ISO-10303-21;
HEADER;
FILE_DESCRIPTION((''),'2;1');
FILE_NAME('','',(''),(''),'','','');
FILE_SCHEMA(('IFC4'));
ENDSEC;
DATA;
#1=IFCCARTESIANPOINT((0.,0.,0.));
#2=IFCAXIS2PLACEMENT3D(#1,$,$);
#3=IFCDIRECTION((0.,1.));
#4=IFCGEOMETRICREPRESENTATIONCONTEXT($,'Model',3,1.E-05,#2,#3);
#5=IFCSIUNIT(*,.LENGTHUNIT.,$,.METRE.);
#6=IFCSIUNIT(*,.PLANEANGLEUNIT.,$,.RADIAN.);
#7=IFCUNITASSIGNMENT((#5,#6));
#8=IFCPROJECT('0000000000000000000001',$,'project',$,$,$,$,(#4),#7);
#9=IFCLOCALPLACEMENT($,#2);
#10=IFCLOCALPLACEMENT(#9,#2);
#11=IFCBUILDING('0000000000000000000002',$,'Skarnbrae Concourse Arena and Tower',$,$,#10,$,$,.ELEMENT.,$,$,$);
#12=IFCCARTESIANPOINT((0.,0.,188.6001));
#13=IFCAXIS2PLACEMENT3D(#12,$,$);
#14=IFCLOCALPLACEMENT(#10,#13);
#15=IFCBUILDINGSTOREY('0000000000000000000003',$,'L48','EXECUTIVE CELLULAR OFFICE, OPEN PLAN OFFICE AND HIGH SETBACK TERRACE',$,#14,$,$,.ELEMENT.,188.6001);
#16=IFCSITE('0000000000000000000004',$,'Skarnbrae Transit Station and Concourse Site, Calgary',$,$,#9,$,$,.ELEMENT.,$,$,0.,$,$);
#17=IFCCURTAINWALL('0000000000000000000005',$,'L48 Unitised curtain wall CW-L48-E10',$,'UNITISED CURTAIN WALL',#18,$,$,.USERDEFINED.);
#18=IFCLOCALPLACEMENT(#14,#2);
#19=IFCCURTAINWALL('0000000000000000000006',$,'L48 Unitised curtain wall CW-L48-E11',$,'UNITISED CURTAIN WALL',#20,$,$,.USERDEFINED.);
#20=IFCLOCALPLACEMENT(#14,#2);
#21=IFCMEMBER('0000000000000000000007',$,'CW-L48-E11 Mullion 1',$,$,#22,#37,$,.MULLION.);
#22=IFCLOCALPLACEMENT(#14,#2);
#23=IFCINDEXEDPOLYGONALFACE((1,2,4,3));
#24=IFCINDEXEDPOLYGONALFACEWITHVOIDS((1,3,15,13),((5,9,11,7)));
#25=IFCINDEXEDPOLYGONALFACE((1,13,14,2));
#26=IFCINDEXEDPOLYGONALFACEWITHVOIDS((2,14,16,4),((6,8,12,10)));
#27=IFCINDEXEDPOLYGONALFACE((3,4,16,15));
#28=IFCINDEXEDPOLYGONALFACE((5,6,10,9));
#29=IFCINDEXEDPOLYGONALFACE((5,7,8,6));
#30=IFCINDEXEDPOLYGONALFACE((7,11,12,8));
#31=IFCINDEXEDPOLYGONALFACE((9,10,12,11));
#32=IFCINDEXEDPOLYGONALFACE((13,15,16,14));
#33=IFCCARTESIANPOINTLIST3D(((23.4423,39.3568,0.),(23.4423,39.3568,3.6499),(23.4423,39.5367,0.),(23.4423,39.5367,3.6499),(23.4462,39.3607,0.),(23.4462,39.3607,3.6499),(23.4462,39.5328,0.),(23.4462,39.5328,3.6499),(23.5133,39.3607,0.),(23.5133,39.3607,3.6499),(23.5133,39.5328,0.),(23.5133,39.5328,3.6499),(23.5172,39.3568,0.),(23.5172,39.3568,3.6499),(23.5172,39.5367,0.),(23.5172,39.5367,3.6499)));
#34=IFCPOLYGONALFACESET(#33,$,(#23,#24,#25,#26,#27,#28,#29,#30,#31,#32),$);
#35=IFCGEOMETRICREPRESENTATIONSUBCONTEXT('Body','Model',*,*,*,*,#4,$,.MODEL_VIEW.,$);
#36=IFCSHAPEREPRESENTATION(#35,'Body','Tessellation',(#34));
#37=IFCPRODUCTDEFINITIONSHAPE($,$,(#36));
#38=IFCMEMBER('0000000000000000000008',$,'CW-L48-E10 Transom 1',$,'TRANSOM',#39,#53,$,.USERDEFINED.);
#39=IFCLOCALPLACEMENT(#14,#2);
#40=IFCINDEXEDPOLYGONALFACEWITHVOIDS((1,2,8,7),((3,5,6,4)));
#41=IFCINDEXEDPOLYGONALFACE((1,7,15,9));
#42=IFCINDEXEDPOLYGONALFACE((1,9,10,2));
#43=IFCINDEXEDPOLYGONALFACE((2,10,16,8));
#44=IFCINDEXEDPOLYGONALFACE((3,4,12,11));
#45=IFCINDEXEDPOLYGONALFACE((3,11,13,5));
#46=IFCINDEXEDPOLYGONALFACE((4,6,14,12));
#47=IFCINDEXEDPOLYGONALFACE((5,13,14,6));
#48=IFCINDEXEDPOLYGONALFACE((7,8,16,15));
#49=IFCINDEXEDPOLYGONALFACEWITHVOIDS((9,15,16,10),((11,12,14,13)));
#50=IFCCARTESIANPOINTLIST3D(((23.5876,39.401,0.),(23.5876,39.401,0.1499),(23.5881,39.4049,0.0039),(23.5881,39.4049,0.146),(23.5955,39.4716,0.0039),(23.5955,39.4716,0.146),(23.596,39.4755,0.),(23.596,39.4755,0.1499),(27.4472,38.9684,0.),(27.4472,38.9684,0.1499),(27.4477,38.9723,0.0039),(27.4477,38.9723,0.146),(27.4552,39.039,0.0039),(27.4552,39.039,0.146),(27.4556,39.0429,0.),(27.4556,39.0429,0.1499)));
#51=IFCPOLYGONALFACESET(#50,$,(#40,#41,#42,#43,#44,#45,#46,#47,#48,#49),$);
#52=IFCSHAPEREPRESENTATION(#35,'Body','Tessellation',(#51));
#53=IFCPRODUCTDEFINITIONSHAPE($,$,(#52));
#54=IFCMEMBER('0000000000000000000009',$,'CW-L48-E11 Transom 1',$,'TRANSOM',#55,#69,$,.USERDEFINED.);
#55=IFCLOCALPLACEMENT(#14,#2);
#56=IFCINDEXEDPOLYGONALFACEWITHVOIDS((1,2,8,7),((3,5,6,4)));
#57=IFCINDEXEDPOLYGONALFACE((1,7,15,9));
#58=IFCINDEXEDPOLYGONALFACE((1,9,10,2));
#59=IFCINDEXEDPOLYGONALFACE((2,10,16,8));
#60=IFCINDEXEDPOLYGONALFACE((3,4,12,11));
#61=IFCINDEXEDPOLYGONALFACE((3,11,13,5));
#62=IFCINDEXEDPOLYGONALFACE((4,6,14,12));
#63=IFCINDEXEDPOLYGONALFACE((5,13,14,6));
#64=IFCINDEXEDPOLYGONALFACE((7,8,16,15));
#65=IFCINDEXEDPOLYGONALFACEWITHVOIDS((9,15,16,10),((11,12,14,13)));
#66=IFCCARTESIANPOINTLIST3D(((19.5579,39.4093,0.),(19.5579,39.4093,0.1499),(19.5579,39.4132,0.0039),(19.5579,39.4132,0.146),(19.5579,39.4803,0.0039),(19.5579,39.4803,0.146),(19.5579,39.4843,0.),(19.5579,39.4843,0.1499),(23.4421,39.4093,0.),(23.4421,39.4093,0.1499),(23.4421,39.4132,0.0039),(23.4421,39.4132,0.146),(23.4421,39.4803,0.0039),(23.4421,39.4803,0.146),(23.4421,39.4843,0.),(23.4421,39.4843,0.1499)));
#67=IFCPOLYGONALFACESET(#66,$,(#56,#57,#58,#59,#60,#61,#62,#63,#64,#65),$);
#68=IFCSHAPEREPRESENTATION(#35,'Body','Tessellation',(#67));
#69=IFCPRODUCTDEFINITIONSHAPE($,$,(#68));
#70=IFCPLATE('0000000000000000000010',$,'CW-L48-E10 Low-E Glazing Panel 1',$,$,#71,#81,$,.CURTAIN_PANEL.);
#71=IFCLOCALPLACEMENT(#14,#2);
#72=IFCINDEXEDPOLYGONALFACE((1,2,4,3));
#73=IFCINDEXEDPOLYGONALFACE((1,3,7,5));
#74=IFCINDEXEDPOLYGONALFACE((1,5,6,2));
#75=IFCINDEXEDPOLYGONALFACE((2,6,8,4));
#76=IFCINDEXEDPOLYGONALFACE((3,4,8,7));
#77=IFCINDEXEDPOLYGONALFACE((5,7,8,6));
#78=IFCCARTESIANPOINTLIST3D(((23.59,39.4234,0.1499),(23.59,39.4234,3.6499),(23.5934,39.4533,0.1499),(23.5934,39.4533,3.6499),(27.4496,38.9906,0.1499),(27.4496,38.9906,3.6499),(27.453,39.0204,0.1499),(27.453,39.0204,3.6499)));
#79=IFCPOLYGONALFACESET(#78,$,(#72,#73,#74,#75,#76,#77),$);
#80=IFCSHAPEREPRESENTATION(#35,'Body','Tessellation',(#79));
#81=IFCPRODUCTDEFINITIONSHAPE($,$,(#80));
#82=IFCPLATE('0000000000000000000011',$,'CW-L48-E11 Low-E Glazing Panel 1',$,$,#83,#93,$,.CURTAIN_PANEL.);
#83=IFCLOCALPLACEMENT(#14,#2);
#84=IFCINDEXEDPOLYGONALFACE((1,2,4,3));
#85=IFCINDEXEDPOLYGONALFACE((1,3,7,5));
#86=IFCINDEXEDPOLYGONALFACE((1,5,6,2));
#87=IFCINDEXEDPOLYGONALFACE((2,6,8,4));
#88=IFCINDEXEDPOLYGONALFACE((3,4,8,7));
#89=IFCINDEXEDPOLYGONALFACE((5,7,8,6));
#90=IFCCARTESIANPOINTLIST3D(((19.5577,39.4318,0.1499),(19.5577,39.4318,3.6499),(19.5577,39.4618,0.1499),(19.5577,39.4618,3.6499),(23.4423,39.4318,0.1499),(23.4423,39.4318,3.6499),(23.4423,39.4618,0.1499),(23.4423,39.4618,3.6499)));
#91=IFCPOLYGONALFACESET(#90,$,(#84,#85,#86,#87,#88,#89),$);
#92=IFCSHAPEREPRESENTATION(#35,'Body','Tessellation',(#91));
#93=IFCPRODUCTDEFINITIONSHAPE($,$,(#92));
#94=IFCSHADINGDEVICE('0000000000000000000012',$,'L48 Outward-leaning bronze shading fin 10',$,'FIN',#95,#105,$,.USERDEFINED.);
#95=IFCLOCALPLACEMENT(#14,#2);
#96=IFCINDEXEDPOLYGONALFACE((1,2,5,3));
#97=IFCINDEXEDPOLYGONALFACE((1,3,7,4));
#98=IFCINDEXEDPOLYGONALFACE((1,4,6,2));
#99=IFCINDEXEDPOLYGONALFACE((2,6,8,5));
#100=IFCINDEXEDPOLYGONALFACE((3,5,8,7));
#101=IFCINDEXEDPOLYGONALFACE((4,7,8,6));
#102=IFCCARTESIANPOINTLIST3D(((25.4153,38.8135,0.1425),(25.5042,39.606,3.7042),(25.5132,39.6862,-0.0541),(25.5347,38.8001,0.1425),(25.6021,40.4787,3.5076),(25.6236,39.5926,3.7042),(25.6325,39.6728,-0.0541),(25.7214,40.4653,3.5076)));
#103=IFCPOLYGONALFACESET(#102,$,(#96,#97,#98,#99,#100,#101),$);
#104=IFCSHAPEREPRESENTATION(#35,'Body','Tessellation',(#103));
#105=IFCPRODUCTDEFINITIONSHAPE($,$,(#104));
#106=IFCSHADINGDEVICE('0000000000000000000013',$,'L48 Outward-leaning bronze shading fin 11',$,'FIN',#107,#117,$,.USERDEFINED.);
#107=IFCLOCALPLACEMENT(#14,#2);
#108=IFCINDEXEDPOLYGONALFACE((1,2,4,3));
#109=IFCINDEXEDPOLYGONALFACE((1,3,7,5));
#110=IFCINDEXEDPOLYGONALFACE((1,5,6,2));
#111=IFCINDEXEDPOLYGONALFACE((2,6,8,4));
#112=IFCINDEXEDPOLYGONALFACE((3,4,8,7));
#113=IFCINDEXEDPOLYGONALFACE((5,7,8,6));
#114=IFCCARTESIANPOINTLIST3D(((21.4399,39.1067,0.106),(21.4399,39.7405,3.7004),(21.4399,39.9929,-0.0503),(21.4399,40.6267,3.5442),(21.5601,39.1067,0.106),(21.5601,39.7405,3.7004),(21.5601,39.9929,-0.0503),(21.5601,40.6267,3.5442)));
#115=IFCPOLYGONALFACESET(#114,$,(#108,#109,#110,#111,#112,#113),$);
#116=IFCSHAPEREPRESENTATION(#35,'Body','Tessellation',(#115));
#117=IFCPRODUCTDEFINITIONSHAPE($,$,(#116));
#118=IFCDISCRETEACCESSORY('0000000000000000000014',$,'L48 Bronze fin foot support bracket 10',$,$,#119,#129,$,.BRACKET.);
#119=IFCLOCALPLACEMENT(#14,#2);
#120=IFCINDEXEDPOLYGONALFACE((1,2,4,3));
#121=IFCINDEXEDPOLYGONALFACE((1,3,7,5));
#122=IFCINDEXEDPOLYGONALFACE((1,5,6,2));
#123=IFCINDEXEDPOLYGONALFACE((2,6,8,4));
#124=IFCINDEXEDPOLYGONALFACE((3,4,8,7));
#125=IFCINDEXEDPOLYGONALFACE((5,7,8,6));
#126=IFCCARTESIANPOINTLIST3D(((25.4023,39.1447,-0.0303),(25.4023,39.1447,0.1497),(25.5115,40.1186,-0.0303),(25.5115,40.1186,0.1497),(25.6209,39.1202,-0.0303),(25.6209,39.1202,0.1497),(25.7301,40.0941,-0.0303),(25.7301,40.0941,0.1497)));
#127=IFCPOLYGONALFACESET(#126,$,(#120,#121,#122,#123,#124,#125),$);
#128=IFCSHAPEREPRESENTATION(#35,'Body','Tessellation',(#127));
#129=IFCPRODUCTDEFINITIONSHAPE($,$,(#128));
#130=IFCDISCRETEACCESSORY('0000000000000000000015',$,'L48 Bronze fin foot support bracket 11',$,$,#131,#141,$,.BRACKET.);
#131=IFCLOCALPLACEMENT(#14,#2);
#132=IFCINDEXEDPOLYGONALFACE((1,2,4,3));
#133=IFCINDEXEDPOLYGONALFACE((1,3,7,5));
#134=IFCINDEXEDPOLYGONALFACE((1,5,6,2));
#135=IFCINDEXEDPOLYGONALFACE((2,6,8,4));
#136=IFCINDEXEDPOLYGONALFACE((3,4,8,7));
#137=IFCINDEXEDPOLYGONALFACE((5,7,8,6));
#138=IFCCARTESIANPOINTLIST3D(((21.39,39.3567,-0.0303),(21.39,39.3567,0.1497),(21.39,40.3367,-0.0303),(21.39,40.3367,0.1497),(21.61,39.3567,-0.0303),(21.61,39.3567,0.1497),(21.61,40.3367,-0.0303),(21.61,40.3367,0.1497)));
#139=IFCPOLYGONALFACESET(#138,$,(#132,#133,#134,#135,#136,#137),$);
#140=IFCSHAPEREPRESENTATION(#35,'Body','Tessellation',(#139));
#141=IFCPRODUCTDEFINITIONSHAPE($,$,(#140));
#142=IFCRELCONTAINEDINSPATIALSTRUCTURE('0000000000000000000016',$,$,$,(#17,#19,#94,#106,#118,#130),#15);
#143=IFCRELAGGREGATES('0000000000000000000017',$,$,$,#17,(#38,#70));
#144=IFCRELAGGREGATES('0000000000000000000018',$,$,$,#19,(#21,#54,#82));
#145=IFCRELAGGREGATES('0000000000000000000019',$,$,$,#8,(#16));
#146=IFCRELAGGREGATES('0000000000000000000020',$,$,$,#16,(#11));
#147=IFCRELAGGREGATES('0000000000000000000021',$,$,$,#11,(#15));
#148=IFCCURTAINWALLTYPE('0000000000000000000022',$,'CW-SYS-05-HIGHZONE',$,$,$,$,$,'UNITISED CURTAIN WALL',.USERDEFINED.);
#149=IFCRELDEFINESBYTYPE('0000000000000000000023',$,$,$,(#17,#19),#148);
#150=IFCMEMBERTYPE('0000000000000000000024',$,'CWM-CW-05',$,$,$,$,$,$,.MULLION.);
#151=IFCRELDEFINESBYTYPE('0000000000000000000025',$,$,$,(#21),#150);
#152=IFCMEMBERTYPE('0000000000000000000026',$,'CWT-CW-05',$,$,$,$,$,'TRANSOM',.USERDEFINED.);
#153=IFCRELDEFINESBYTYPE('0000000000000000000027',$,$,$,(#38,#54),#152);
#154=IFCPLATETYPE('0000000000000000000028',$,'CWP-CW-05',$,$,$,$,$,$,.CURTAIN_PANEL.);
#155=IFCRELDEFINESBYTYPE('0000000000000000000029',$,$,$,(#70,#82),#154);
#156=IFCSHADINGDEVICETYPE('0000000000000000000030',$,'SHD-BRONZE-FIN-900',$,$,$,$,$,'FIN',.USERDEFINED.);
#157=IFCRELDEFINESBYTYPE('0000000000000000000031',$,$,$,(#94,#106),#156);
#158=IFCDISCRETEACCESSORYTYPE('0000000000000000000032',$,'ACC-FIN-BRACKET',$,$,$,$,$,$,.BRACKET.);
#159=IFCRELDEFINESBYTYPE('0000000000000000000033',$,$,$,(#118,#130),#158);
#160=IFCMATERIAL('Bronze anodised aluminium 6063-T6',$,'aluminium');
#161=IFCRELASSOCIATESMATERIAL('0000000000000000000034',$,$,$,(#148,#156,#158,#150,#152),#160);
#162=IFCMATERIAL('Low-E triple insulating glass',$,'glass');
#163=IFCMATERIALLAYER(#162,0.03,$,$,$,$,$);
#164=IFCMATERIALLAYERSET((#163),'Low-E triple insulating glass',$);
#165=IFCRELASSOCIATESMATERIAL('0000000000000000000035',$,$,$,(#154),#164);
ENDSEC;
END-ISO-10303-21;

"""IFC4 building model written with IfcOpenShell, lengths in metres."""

from ifc_helpers import new_model, si_unit, direction, frame, origin, origin_2d, place, context, subcontext, project, spatial, rectangle, hollow_rectangle, extrude, source, transform, mapped, material, layer, layer_set, material_profile, profile_set, type_object, element, aggregate, save


model = new_model("IFC4")

# Units and contexts
model_context = context("Model", 3, precision=1e-05, world=origin(), true_north=direction((0.0, 1.0)))
body_context = subcontext(model_context, "Body", "Model", "MODEL_VIEW")
ifc_project = project(units=[si_unit("LENGTHUNIT", "METRE"), si_unit("PLANEANGLEUNIT", "RADIAN")], contexts=[model_context])

# Site, building, storey
site_placement = place(None, origin())
site = spatial("IfcSite", under=ifc_project, at=site_placement, Name="Skarnbrae Transit Station and Concourse Site, Calgary", CompositionType="ELEMENT", RefElevation=0.0)
building_placement = place(site_placement, origin())
building = spatial("IfcBuilding", under=site, at=building_placement, Name="Skarnbrae Concourse Arena and Tower", CompositionType="ELEMENT")
storey_placement = place(building_placement, frame((0.0, 0.0, 188.6001)))
storey = spatial("IfcBuildingStorey", under=building, at=storey_placement, Name="L48", Description="EXECUTIVE CELLULAR OFFICE, OPEN PLAN OFFICE AND HIGH SETBACK TERRACE", CompositionType="ELEMENT", Elevation=188.6001)

# Shared definitions
ifc_material_1 = material(Name="Bronze anodised aluminium 6063-T6", Category="aluminium")
curtain_wall_type = type_object("IfcCurtainWallType", Name="CW-SYS-05-HIGHZONE", ElementType="UNITISED CURTAIN WALL", PredefinedType="USERDEFINED", material=ifc_material_1)
ifc_material_profile_1 = material_profile(ifc_material_1, hollow_rectangle(XDim=0.075, YDim=0.1799, WallThickness=0.0039, at=origin_2d()), Name="ALU-MULL-75X180")
ifc_profile_set_1 = profile_set([ifc_material_profile_1], Name="Bronze anodised aluminium 6063-T6")
member_type_1 = type_object("IfcMemberType", Name="CWM-CW-05", PredefinedType="MULLION", material=ifc_profile_set_1)
shared_shape_1 = source(origin(), body_context, "Body", "SweptSolid", [
    extrude(hollow_rectangle(XDim=0.075, YDim=0.1799, WallThickness=0.0039, at=origin_2d()), origin(), (0.0, 0.0, 1.0), 3.6499),
])

# Curtain wall
curtain_wall_1_placement = place(storey_placement, origin())
curtain_wall_1 = element("IfcCurtainWall", 1, at=curtain_wall_1_placement, inside=storey, type_object=curtain_wall_type, Name="L48 Unitised curtain wall CW-L48-E10", ObjectType="UNITISED CURTAIN WALL", PredefinedType="USERDEFINED")

# Curtain wall, member
curtain_wall_2_placement = place(storey_placement, origin())
curtain_wall_2 = element("IfcCurtainWall", 2, at=curtain_wall_2_placement, inside=storey, type_object=curtain_wall_type, Name="L48 Unitised curtain wall CW-L48-E11", ObjectType="UNITISED CURTAIN WALL", PredefinedType="USERDEFINED")
member_1_placement = place(storey_placement, frame((23.4797, 39.4468, 0.0), z_axis=(0.0, 0.0, 1.0), x_axis=(-1.0, 0.0, 0.0)))
member_1 = element("IfcMember", 3, at=member_1_placement, type_object=member_type_1, Name="CW-L48-E11 Mullion 1", PredefinedType="MULLION", context=body_context, shape_type="MappedRepresentation", body=[
    mapped(shared_shape_1, transform((0.0, 0.0, 0.0))),
])

# Members
ifc_material_profile_2 = material_profile(ifc_material_1, hollow_rectangle(XDim=0.075, YDim=0.1499, WallThickness=0.0039, at=origin_2d()), Name="ALU-TRAN-75X150")
ifc_profile_set_2 = profile_set([ifc_material_profile_2], Name="Bronze anodised aluminium 6063-T6")
member_type_2 = type_object("IfcMemberType", Name="CWT-CW-05", ElementType="TRANSOM", PredefinedType="USERDEFINED", material=ifc_profile_set_2)
shared_shape_2 = source(origin(), body_context, "Body", "SweptSolid", [
    extrude(hollow_rectangle(XDim=0.075, YDim=0.1499, WallThickness=0.0039, at=origin_2d()), origin(), (0.0, 0.0, 1.0), 3.8838),
])
member_2_placement = place(storey_placement, frame((27.4514, 39.0056, 0.075), z_axis=(-0.993777, 0.11139, 0.0), x_axis=(-0.11139, -0.993777, 0.0)))
member_2 = element("IfcMember", 4, at=member_2_placement, type_object=member_type_2, Name="CW-L48-E10 Transom 1", ObjectType="TRANSOM", PredefinedType="USERDEFINED", context=body_context, shape_type="MappedRepresentation", body=[
    mapped(shared_shape_2, transform((0.0, 0.0, 0.0))),
])
shared_shape_3 = source(origin(), body_context, "Body", "SweptSolid", [
    extrude(hollow_rectangle(XDim=0.075, YDim=0.1499, WallThickness=0.0039, at=origin_2d()), origin(), (0.0, 0.0, 1.0), 3.8843),
])
member_3_placement = place(storey_placement, frame((23.4421, 39.4468, 0.075), z_axis=(-1.0, 0.0, 0.0), x_axis=(0.0, -1.0, 0.0)))
member_3 = element("IfcMember", 5, at=member_3_placement, type_object=member_type_2, Name="CW-L48-E11 Transom 1", ObjectType="TRANSOM", PredefinedType="USERDEFINED", context=body_context, shape_type="MappedRepresentation", body=[
    mapped(shared_shape_3, transform((0.0, 0.0, 0.0))),
])

# Plates
ifc_material_2 = material(Name="Low-E triple insulating glass", Category="glass")
ifc_layer = layer(ifc_material_2, 0.03)
ifc_layer_set = layer_set([ifc_layer], Name="Low-E triple insulating glass")
plate_type = type_object("IfcPlateType", Name="CWP-CW-05", PredefinedType="CURTAIN_PANEL", material=ifc_layer_set)
shared_shape_4 = source(origin(), body_context, "Body", "SweptSolid", [
    extrude(rectangle(XDim=3.8838, YDim=0.03, at=origin_2d()), origin(), (0.0, 0.0, 1.0), 3.5),
])
plate_1_placement = place(storey_placement, frame((25.5215, 39.2219, 0.1499), z_axis=(0.0, 0.0, 1.0), x_axis=(-0.993769, 0.11146, 0.0)))
plate_1 = element("IfcPlate", 6, at=plate_1_placement, type_object=plate_type, Name="CW-L48-E10 Low-E Glazing Panel 1", PredefinedType="CURTAIN_PANEL", context=body_context, shape_type="MappedRepresentation", body=[
    mapped(shared_shape_4, transform((0.0, 0.0, 0.0))),
])
aggregate(curtain_wall_1, [member_2, plate_1])
shared_shape_5 = source(origin(), body_context, "Body", "SweptSolid", [
    extrude(rectangle(XDim=3.8845, YDim=0.03, at=origin_2d()), origin(), (0.0, 0.0, 1.0), 3.5),
])
plate_2_placement = place(storey_placement, frame((21.5, 39.4468, 0.1499), z_axis=(0.0, 0.0, 1.0), x_axis=(-1.0, 0.0, 0.0)))
plate_2 = element("IfcPlate", 7, at=plate_2_placement, type_object=plate_type, Name="CW-L48-E11 Low-E Glazing Panel 1", PredefinedType="CURTAIN_PANEL", context=body_context, shape_type="MappedRepresentation", body=[
    mapped(shared_shape_5, transform((0.0, 0.0, 0.0))),
])
aggregate(curtain_wall_2, [member_1, member_3, plate_2])

# Shading devices
shading_device_type = type_object("IfcShadingDeviceType", Name="SHD-BRONZE-FIN-900", ElementType="FIN", PredefinedType="USERDEFINED", material=ifc_material_1)
shared_shape_6 = source(origin(), body_context, "Body", "SweptSolid", [
    extrude(rectangle(XDim=0.1201, YDim=0.8999, at=origin_2d()), origin(), (0.0, 0.0, 1.0), 3.6499),
])
for number, where, z_axis, x_axis, name in (
    (8, (25.5239, 39.2432, 0.0442), (0.02435, 0.217123, 0.975841), (0.99377, -0.111452, 0.0), "L48 Outward-leaning bronze shading fin 10"),
    (9, (21.5, 39.5498, 0.0278), (0.0, 0.173648, 0.984808), (1.0, 0.0, 0.0), "L48 Outward-leaning bronze shading fin 11"),
):
    element("IfcShadingDevice", number, at=place(storey_placement, frame(where, z_axis=z_axis, x_axis=x_axis)), inside=storey, type_object=shading_device_type, Name=name, ObjectType="FIN", PredefinedType="USERDEFINED", context=body_context, shape_type="MappedRepresentation", body=[
        mapped(shared_shape_6, transform((0.0, 0.0, 0.0))),
    ])

# Discrete accessories
discrete_accessory_type = type_object("IfcDiscreteAccessoryType", Name="ACC-FIN-BRACKET", PredefinedType="BRACKET", material=ifc_material_1)
shared_shape_7 = source(origin(), body_context, "Body", "SweptSolid", [
    extrude(rectangle(XDim=0.22, YDim=0.98, at=origin_2d()), origin(), (0.0, 0.0, 1.0), 0.1799),
])
for number, where, z_axis, x_axis, name in (
    (10, (25.5662, 39.6194, -0.0303), (0.0, 0.0, 1.0), (0.99377, -0.111452, 0.0), "L48 Bronze fin foot support bracket 10"),
    (11, (21.5, 39.8467, -0.0303), (0.0, 0.0, 1.0), (1.0, 0.0, 0.0), "L48 Bronze fin foot support bracket 11"),
):
    element("IfcDiscreteAccessory", number, at=place(storey_placement, frame(where, z_axis=z_axis, x_axis=x_axis)), inside=storey, type_object=discrete_accessory_type, Name=name, PredefinedType="BRACKET", context=body_context, shape_type="MappedRepresentation", body=[
        mapped(shared_shape_7, transform((0.0, 0.0, 0.0))),
    ])

save(model, "model.ifc")
